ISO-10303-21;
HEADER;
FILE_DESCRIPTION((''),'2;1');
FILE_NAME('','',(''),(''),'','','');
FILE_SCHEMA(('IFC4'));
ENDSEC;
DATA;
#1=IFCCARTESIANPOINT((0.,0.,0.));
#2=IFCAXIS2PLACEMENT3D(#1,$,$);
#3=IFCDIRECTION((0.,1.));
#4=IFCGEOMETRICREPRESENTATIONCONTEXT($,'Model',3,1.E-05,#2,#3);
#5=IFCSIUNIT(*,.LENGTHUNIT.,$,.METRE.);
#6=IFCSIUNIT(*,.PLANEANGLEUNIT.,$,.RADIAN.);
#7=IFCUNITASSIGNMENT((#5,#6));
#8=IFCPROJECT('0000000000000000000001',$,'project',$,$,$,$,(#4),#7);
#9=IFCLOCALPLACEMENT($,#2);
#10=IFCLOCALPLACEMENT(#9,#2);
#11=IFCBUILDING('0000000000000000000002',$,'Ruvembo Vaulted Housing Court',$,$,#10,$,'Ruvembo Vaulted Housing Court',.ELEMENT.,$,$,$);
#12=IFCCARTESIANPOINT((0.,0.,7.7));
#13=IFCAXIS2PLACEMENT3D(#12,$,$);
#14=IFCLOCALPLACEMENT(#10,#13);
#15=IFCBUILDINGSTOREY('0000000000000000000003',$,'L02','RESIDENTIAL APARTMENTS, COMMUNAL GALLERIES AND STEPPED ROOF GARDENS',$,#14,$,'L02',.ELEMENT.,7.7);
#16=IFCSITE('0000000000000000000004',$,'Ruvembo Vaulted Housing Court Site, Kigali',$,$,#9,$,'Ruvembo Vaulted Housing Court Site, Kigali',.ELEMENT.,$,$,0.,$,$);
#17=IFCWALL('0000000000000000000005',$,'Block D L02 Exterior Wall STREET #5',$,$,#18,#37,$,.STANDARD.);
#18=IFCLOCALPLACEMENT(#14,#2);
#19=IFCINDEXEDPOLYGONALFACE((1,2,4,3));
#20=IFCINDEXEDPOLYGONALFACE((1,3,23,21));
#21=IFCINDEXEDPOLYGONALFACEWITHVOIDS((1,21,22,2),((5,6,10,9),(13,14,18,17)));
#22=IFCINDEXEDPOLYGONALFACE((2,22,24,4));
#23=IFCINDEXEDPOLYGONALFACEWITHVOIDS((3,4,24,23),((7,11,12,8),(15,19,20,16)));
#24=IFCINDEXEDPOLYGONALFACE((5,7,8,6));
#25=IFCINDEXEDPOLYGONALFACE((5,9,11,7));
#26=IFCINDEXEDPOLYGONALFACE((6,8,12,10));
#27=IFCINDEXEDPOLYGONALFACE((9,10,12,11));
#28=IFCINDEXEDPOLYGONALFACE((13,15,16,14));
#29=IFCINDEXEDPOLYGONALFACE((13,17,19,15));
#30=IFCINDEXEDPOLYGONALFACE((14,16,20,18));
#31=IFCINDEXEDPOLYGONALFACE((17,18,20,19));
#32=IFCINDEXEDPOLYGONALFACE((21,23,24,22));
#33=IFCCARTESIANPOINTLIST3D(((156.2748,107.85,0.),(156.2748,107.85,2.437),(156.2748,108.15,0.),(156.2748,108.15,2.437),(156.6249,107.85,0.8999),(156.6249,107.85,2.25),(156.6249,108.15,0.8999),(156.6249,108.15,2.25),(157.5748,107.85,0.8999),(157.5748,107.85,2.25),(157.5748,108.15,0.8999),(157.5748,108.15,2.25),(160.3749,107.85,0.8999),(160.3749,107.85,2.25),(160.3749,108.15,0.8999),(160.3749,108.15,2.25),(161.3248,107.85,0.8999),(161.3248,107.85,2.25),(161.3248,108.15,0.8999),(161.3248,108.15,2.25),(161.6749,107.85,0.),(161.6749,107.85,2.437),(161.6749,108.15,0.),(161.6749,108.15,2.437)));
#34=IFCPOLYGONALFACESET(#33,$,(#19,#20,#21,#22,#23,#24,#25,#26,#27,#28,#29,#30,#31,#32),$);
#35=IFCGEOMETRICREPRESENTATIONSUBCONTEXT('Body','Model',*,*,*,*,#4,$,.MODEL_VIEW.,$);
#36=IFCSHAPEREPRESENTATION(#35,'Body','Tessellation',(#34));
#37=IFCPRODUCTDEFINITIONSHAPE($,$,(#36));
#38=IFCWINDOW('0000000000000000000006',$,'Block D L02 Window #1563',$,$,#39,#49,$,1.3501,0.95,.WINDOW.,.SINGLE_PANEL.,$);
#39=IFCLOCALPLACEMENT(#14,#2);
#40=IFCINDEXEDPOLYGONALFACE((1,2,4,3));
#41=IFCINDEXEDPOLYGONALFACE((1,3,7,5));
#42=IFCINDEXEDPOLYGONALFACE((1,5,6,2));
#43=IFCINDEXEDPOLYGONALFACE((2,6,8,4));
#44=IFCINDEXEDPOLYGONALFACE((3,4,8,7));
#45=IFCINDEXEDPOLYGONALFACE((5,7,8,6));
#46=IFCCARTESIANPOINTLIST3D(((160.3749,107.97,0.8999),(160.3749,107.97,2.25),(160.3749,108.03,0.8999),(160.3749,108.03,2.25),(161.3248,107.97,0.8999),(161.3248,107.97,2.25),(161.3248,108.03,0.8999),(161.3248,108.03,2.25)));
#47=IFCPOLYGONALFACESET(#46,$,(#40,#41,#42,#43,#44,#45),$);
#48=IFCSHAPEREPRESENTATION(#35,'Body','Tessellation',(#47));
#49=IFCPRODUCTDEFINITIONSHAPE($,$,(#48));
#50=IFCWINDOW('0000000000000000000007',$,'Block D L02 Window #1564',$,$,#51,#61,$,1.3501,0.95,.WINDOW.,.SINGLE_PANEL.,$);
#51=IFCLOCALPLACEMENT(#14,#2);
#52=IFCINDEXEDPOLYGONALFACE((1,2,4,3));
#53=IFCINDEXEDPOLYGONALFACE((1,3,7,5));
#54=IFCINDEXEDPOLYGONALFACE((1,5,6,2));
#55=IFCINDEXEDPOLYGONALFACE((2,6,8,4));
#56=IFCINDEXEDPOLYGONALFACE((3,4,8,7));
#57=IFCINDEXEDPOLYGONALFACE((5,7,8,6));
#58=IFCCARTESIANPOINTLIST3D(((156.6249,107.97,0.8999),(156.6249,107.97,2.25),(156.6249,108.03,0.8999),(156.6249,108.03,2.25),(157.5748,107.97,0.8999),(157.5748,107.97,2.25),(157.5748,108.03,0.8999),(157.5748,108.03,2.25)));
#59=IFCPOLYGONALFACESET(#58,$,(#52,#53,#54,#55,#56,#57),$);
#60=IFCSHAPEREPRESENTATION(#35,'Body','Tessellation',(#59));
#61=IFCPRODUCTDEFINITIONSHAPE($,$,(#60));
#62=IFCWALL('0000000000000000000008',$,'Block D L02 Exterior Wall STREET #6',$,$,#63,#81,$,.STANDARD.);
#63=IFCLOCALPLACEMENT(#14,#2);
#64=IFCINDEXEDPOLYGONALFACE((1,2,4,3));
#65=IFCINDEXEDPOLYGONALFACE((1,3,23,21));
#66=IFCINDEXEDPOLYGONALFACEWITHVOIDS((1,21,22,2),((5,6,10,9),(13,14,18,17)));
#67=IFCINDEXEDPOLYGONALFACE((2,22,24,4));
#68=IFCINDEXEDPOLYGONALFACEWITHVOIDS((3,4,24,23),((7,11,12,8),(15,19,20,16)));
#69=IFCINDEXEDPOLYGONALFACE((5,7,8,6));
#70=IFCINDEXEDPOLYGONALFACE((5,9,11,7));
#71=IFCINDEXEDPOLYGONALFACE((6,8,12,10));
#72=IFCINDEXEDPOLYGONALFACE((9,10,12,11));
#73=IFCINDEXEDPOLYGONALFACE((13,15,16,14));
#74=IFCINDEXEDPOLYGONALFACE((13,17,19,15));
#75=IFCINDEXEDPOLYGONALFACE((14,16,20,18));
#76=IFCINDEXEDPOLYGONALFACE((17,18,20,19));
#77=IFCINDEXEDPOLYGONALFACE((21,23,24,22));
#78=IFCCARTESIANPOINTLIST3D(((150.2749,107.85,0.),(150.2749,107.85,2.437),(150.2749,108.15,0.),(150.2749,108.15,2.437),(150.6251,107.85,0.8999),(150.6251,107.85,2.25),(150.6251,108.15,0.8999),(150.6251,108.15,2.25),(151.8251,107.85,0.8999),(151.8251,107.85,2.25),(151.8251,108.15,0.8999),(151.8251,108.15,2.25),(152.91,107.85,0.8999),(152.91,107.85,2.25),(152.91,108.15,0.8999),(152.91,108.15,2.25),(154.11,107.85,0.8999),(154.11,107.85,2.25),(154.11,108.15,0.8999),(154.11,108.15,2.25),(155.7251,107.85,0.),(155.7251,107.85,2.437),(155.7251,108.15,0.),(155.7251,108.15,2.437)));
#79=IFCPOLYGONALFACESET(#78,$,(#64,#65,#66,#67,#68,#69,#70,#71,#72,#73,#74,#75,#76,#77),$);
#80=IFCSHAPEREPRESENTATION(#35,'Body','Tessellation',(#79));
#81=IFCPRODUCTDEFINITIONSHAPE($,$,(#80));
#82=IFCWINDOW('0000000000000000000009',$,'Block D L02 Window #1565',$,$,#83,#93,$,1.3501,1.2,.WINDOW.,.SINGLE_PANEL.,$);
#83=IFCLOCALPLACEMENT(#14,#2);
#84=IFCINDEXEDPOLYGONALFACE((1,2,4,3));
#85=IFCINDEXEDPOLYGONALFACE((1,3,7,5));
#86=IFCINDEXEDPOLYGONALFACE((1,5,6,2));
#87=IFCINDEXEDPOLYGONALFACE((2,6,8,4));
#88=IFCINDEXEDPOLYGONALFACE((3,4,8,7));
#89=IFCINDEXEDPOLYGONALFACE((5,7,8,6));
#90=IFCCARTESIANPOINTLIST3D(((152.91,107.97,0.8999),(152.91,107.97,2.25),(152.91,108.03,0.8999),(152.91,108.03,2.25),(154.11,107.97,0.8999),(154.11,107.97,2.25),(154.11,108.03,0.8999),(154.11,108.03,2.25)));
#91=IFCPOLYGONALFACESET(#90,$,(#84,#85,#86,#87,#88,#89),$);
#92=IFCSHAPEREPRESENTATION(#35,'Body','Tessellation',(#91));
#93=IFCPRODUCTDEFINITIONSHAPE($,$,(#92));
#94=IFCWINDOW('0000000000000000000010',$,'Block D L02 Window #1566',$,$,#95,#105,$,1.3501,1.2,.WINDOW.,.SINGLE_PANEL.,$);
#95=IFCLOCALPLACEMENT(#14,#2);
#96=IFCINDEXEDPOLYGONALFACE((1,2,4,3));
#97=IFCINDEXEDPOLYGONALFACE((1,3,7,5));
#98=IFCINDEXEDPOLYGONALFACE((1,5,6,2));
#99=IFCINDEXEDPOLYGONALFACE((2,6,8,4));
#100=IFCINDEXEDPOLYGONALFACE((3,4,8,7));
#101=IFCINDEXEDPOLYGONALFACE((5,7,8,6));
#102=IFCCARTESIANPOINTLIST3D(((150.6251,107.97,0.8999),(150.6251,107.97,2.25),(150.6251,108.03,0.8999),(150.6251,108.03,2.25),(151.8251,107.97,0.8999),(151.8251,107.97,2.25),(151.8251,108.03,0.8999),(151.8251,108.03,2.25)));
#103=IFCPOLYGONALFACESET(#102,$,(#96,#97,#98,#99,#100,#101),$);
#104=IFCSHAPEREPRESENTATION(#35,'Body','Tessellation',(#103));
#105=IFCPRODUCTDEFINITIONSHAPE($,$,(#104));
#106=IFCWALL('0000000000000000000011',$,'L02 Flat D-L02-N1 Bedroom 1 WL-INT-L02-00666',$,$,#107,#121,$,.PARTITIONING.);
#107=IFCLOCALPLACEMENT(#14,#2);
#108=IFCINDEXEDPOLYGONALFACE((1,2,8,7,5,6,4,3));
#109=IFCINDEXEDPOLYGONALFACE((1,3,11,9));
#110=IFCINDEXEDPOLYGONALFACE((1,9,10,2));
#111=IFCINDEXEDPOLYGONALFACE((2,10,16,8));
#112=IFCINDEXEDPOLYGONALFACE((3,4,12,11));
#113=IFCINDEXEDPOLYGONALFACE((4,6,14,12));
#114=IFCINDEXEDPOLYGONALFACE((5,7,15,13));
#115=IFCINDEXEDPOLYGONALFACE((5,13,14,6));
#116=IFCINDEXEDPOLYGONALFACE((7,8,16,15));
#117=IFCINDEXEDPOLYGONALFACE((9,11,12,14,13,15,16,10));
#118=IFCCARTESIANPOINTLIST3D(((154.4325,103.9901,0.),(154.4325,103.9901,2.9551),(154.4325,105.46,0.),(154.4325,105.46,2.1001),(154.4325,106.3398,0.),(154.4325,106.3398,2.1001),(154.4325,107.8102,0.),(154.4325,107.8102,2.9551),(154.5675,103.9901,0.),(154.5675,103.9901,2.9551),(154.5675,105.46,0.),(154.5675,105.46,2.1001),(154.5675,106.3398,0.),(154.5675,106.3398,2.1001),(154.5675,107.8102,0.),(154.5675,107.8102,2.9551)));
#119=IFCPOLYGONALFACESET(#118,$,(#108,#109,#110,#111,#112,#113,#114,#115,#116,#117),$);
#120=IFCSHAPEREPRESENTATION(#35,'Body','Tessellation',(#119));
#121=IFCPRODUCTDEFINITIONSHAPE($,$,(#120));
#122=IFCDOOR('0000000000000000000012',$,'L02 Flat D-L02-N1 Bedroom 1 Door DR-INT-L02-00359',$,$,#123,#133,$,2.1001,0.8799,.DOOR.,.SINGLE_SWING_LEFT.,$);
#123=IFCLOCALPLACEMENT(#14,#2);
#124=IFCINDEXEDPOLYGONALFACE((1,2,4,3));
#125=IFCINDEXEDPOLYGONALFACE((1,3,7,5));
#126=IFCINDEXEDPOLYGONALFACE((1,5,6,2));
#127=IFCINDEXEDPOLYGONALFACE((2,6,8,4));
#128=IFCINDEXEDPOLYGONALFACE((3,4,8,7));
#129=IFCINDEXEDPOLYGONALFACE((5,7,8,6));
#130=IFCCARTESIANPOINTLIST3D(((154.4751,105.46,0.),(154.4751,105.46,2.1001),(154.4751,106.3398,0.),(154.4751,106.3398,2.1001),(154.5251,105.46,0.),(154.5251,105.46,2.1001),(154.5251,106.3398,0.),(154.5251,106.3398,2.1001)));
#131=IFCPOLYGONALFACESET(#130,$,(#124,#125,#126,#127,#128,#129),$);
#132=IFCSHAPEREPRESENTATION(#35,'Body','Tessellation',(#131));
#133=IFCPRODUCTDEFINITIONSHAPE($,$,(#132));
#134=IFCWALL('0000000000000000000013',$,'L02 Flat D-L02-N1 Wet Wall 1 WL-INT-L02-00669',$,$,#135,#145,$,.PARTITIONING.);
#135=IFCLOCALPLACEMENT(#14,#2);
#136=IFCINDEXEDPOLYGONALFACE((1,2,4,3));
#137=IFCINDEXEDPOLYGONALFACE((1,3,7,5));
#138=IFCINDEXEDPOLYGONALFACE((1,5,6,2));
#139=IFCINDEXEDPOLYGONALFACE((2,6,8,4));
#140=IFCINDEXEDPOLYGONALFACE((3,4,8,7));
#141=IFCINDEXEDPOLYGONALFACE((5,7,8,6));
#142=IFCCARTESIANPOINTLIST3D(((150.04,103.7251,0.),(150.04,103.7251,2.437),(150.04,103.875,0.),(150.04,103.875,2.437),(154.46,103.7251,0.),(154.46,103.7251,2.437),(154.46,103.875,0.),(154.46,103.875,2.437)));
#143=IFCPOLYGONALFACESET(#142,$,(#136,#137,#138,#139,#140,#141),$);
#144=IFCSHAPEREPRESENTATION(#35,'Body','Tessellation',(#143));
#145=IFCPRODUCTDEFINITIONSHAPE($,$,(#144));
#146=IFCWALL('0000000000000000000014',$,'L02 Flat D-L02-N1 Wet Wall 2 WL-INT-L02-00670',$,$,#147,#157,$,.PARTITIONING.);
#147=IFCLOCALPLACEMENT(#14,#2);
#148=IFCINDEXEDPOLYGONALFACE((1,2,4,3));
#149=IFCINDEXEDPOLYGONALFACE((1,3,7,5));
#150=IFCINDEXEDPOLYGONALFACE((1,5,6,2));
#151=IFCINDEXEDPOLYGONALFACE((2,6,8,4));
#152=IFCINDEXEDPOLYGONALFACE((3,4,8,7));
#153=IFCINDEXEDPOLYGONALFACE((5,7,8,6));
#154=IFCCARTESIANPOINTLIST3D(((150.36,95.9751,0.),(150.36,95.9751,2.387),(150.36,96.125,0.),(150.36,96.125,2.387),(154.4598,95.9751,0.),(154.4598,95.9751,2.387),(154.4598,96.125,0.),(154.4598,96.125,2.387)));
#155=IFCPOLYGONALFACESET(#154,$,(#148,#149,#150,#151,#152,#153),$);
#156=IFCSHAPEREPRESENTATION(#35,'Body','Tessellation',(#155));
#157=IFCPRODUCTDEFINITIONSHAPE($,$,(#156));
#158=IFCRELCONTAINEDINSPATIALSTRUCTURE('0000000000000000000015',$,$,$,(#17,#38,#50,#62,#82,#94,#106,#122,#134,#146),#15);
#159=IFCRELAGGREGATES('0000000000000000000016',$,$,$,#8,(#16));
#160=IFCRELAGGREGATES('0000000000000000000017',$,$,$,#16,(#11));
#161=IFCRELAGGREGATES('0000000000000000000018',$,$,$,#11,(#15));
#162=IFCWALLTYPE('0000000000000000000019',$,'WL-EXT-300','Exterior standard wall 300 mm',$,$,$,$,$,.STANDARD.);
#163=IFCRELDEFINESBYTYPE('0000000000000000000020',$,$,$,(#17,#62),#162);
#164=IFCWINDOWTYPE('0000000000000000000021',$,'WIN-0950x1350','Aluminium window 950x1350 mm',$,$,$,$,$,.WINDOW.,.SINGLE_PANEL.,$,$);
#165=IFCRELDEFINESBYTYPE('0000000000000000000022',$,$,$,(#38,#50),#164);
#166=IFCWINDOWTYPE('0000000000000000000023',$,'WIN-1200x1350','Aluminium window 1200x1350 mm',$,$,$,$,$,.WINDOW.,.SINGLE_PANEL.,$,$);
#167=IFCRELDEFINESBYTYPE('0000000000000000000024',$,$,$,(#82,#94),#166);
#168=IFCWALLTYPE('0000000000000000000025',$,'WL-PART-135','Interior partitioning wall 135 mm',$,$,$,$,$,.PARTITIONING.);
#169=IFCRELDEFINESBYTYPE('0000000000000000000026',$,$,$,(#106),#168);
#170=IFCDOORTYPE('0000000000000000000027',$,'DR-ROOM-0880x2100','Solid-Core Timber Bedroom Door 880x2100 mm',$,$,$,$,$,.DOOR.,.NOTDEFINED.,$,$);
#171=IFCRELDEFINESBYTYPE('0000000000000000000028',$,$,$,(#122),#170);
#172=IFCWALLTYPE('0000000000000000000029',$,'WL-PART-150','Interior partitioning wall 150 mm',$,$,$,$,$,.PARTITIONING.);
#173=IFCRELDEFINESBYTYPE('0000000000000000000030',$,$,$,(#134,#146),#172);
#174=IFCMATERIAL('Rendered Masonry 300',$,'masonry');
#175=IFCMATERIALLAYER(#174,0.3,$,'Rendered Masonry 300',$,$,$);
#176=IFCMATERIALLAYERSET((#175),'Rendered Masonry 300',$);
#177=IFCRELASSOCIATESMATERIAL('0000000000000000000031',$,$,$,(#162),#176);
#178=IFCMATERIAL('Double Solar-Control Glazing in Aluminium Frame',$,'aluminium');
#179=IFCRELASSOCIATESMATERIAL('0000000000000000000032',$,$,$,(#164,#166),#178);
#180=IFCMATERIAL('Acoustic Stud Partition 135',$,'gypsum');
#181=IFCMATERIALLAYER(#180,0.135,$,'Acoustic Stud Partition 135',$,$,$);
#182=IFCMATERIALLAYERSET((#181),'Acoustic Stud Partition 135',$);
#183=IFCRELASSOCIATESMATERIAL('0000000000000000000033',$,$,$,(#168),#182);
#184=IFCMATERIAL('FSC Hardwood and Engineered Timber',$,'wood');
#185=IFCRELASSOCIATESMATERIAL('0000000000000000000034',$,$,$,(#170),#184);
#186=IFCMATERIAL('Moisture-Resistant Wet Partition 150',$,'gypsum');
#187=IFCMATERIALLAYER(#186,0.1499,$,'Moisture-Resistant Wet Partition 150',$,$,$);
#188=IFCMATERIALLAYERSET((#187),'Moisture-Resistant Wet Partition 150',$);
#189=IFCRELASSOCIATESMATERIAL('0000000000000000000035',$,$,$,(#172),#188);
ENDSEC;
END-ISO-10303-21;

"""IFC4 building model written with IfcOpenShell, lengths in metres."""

from ifc_helpers import new_model, si_unit, direction, frame, frame_2d, origin, place, context, subcontext, project, spatial, rectangle, extrude, material, layer, layer_set, type_object, element, fill, save


model = new_model("IFC4")

# Units and contexts
model_context = context("Model", 3, precision=1e-05, world=origin(), true_north=direction((0.0, 1.0)))
body_context = subcontext(model_context, "Body", "Model", "MODEL_VIEW")
ifc_project = project(units=[si_unit("LENGTHUNIT", "METRE"), si_unit("PLANEANGLEUNIT", "RADIAN")], contexts=[model_context])

# Site, building, storey
site_placement = place(None, origin())
site = spatial("IfcSite", under=ifc_project, at=site_placement, Name="Ruvembo Vaulted Housing Court Site, Kigali", LongName="Ruvembo Vaulted Housing Court Site, Kigali", CompositionType="ELEMENT", RefElevation=0.0)
building_placement = place(site_placement, origin())
building = spatial("IfcBuilding", under=site, at=building_placement, Name="Ruvembo Vaulted Housing Court", LongName="Ruvembo Vaulted Housing Court", CompositionType="ELEMENT")
storey_placement = place(building_placement, frame((0.0, 0.0, 7.7)))
storey = spatial("IfcBuildingStorey", under=building, at=storey_placement, Name="L02", Description="RESIDENTIAL APARTMENTS, COMMUNAL GALLERIES AND STEPPED ROOF GARDENS", LongName="L02", CompositionType="ELEMENT", Elevation=7.7)

# Walls, openings, windows
ifc_material_1 = material(Name="Rendered Masonry 300", Category="masonry")
ifc_layer_1 = layer(ifc_material_1, 0.3, Name="Rendered Masonry 300")
ifc_layer_set_1 = layer_set([ifc_layer_1], Name="Rendered Masonry 300")
wall_type_1 = type_object("IfcWallType", Name="WL-EXT-300", Description="Exterior standard wall 300 mm", PredefinedType="STANDARD", material=ifc_layer_set_1)
wall_1_placement = place(storey_placement, frame((161.675, 108.0, 0.0), z_axis=(0.0, 0.0, 1.0), x_axis=(-1.0, 0.0, 0.0)))
wall_1 = element("IfcWall", 1, at=wall_1_placement, inside=storey, type_object=wall_type_1, Name="Block D L02 Exterior Wall STREET #5", PredefinedType="STANDARD", context=body_context, shape_type="SweptSolid", body=[
    extrude(rectangle(XDim=5.4001, YDim=0.3, at=frame_2d((2.7002, 0.0))), origin(), (0.0, 0.0, 1.0), 2.437),
])
opening_1_placement = place(wall_1_placement, frame((0.3501, 0.0, 0.8999)))
opening_1 = element("IfcOpeningElement", 2, at=opening_1_placement, cuts=wall_1, PredefinedType="OPENING", context=body_context, shape_type="SweptSolid", body=[
    extrude(rectangle(XDim=0.95, YDim=1.3501, at=frame_2d((0.4751, 0.675))), frame((0.0, 0.1599, 0.0), z_axis=(0.0, -1.0, 0.0), x_axis=(1.0, 0.0, 0.0)), (0.0, 0.0, 1.0), 0.3201),
])
opening_2_placement = place(wall_1_placement, frame((4.1001, 0.0, 0.8999)))
opening_2 = element("IfcOpeningElement", 3, at=opening_2_placement, cuts=wall_1, PredefinedType="OPENING", context=body_context, shape_type="SweptSolid", body=[
    extrude(rectangle(XDim=0.95, YDim=1.3501, at=frame_2d((0.4751, 0.675))), frame((0.0, 0.1599, 0.0), z_axis=(0.0, -1.0, 0.0), x_axis=(1.0, 0.0, 0.0)), (0.0, 0.0, 1.0), 0.3201),
])
ifc_material_2 = material(Name="Double Solar-Control Glazing in Aluminium Frame", Category="aluminium")
window_type_1 = type_object("IfcWindowType", Name="WIN-0950x1350", Description="Aluminium window 950x1350 mm", PartitioningType="SINGLE_PANEL", PredefinedType="WINDOW", material=ifc_material_2)
window_1_placement = place(opening_1_placement, origin())
window_1 = element("IfcWindow", 4, at=window_1_placement, inside=storey, type_object=window_type_1, Name="Block D L02 Window #1563", OverallHeight=1.3501, OverallWidth=0.95, PartitioningType="SINGLE_PANEL", PredefinedType="WINDOW", context=body_context, shape_type="SweptSolid", body=[
    extrude(rectangle(XDim=0.95, YDim=1.3501, at=frame_2d((0.4751, 0.675))), frame((0.0, 0.03, 0.0), z_axis=(0.0, -1.0, 0.0), x_axis=(1.0, 0.0, 0.0)), (0.0, 0.0, 1.0), 0.0601),
])
fill(opening_1, window_1)
window_2_placement = place(opening_2_placement, origin())
window_2 = element("IfcWindow", 5, at=window_2_placement, inside=storey, type_object=window_type_1, Name="Block D L02 Window #1564", OverallHeight=1.3501, OverallWidth=0.95, PartitioningType="SINGLE_PANEL", PredefinedType="WINDOW", context=body_context, shape_type="SweptSolid", body=[
    extrude(rectangle(XDim=0.95, YDim=1.3501, at=frame_2d((0.4751, 0.675))), frame((0.0, 0.03, 0.0), z_axis=(0.0, -1.0, 0.0), x_axis=(1.0, 0.0, 0.0)), (0.0, 0.0, 1.0), 0.0601),
])
fill(opening_2, window_2)
wall_2_placement = place(storey_placement, frame((155.7251, 108.0, 0.0), z_axis=(0.0, 0.0, 1.0), x_axis=(-1.0, 0.0, 0.0)))
wall_2 = element("IfcWall", 6, at=wall_2_placement, inside=storey, type_object=wall_type_1, Name="Block D L02 Exterior Wall STREET #6", PredefinedType="STANDARD", context=body_context, shape_type="SweptSolid", body=[
    extrude(rectangle(XDim=5.4502, YDim=0.3, at=frame_2d((2.7251, 0.0))), origin(), (0.0, 0.0, 1.0), 2.437),
])
opening_3_placement = place(wall_2_placement, frame((1.615, 0.0, 0.8999)))
opening_3 = element("IfcOpeningElement", 7, at=opening_3_placement, cuts=wall_2, PredefinedType="OPENING", context=body_context, shape_type="SweptSolid", body=[
    extrude(rectangle(XDim=1.2, YDim=1.3501, at=frame_2d((0.6001, 0.675))), frame((0.0, 0.1599, 0.0), z_axis=(0.0, -1.0, 0.0), x_axis=(1.0, 0.0, 0.0)), (0.0, 0.0, 1.0), 0.3201),
])
opening_4_placement = place(wall_2_placement, frame((3.8999, 0.0, 0.8999)))
opening_4 = element("IfcOpeningElement", 8, at=opening_4_placement, cuts=wall_2, PredefinedType="OPENING", context=body_context, shape_type="SweptSolid", body=[
    extrude(rectangle(XDim=1.2, YDim=1.3501, at=frame_2d((0.6001, 0.675))), frame((0.0, 0.1599, 0.0), z_axis=(0.0, -1.0, 0.0), x_axis=(1.0, 0.0, 0.0)), (0.0, 0.0, 1.0), 0.3201),
])
window_type_2 = type_object("IfcWindowType", Name="WIN-1200x1350", Description="Aluminium window 1200x1350 mm", PartitioningType="SINGLE_PANEL", PredefinedType="WINDOW", material=ifc_material_2)
window_3_placement = place(opening_3_placement, origin())
window_3 = element("IfcWindow", 9, at=window_3_placement, inside=storey, type_object=window_type_2, Name="Block D L02 Window #1565", OverallHeight=1.3501, OverallWidth=1.2, PartitioningType="SINGLE_PANEL", PredefinedType="WINDOW", context=body_context, shape_type="SweptSolid", body=[
    extrude(rectangle(XDim=1.2, YDim=1.3501, at=frame_2d((0.6001, 0.675))), frame((0.0, 0.03, 0.0), z_axis=(0.0, -1.0, 0.0), x_axis=(1.0, 0.0, 0.0)), (0.0, 0.0, 1.0), 0.0601),
])
fill(opening_3, window_3)
window_4_placement = place(opening_4_placement, origin())
window_4 = element("IfcWindow", 10, at=window_4_placement, inside=storey, type_object=window_type_2, Name="Block D L02 Window #1566", OverallHeight=1.3501, OverallWidth=1.2, PartitioningType="SINGLE_PANEL", PredefinedType="WINDOW", context=body_context, shape_type="SweptSolid", body=[
    extrude(rectangle(XDim=1.2, YDim=1.3501, at=frame_2d((0.6001, 0.675))), frame((0.0, 0.03, 0.0), z_axis=(0.0, -1.0, 0.0), x_axis=(1.0, 0.0, 0.0)), (0.0, 0.0, 1.0), 0.0601),
])
fill(opening_4, window_4)

# Wall, opening, door
ifc_material_3 = material(Name="Acoustic Stud Partition 135", Category="gypsum")
ifc_layer_2 = layer(ifc_material_3, 0.135, Name="Acoustic Stud Partition 135")
ifc_layer_set_2 = layer_set([ifc_layer_2], Name="Acoustic Stud Partition 135")
wall_type_2 = type_object("IfcWallType", Name="WL-PART-135", Description="Interior partitioning wall 135 mm", PredefinedType="PARTITIONING", material=ifc_layer_set_2)
wall_3_placement = place(storey_placement, frame((154.5, 103.99, 0.0), z_axis=(0.0, 0.0, 1.0), x_axis=(0.0, 1.0, 0.0)))
wall_3 = element("IfcWall", 11, at=wall_3_placement, inside=storey, type_object=wall_type_2, Name="L02 Flat D-L02-N1 Bedroom 1 WL-INT-L02-00666", PredefinedType="PARTITIONING", context=body_context, shape_type="SweptSolid", body=[
    extrude(rectangle(XDim=3.8201, YDim=0.135, at=frame_2d((1.9102, 0.0))), origin(), (0.0, 0.0, 1.0), 2.9551),
])
opening_5_placement = place(wall_3_placement, frame((1.47, 0.0, 0.0)))
opening_5 = element("IfcOpeningElement", 12, at=opening_5_placement, cuts=wall_3, PredefinedType="OPENING", context=body_context, shape_type="SweptSolid", body=[
    extrude(rectangle(XDim=0.8799, YDim=2.1001, at=frame_2d((0.4399, 1.05))), frame((0.0, 0.0774, 0.0), z_axis=(0.0, -1.0, 0.0), x_axis=(1.0, 0.0, 0.0)), (0.0, 0.0, 1.0), 0.155),
])
ifc_material_4 = material(Name="FSC Hardwood and Engineered Timber", Category="wood")
door_type_1 = type_object("IfcDoorType", Name="DR-ROOM-0880x2100", Description="Solid-Core Timber Bedroom Door 880x2100 mm", OperationType="NOTDEFINED", PredefinedType="DOOR", material=ifc_material_4)
door_1_placement = place(opening_5_placement, origin())
door_1 = element("IfcDoor", 13, at=door_1_placement, inside=storey, type_object=door_type_1, Name="L02 Flat D-L02-N1 Bedroom 1 Door DR-INT-L02-00359", OperationType="SINGLE_SWING_LEFT", OverallHeight=2.1001, OverallWidth=0.8799, PredefinedType="DOOR", context=body_context, shape_type="SweptSolid", body=[
    extrude(rectangle(XDim=0.8799, YDim=2.1001, at=frame_2d((0.4399, 1.05))), frame((0.0, 0.0249, 0.0), z_axis=(0.0, -1.0, 0.0), x_axis=(1.0, 0.0, 0.0)), (0.0, 0.0, 1.0), 0.05),
])
fill(opening_5, door_1)

# Walls
ifc_material_5 = material(Name="Moisture-Resistant Wet Partition 150", Category="gypsum")
ifc_layer_3 = layer(ifc_material_5, 0.1499, Name="Moisture-Resistant Wet Partition 150")
ifc_layer_set_3 = layer_set([ifc_layer_3], Name="Moisture-Resistant Wet Partition 150")
wall_type_3 = type_object("IfcWallType", Name="WL-PART-150", Description="Interior partitioning wall 150 mm", PredefinedType="PARTITIONING", material=ifc_layer_set_3)
wall_4_placement = place(storey_placement, frame((150.04, 103.8, 0.0), z_axis=(0.0, 0.0, 1.0), x_axis=(1.0, 0.0, 0.0)))
element("IfcWall", 14, at=wall_4_placement, inside=storey, type_object=wall_type_3, Name="L02 Flat D-L02-N1 Wet Wall 1 WL-INT-L02-00669", PredefinedType="PARTITIONING", context=body_context, shape_type="SweptSolid", body=[
    extrude(rectangle(XDim=4.4199, YDim=0.1499, at=frame_2d((2.21, 0.0))), origin(), (0.0, 0.0, 1.0), 2.437),
])
wall_5_placement = place(storey_placement, frame((150.3601, 96.05, 0.0), z_axis=(0.0, 0.0, 1.0), x_axis=(1.0, 0.0, 0.0)))
element("IfcWall", 15, at=wall_5_placement, inside=storey, type_object=wall_type_3, Name="L02 Flat D-L02-N1 Wet Wall 2 WL-INT-L02-00670", PredefinedType="PARTITIONING", context=body_context, shape_type="SweptSolid", body=[
    extrude(rectangle(XDim=4.0999, YDim=0.1499, at=frame_2d((2.0498, 0.0))), origin(), (0.0, 0.0, 1.0), 2.387),
])

save(model, "model.ifc")
